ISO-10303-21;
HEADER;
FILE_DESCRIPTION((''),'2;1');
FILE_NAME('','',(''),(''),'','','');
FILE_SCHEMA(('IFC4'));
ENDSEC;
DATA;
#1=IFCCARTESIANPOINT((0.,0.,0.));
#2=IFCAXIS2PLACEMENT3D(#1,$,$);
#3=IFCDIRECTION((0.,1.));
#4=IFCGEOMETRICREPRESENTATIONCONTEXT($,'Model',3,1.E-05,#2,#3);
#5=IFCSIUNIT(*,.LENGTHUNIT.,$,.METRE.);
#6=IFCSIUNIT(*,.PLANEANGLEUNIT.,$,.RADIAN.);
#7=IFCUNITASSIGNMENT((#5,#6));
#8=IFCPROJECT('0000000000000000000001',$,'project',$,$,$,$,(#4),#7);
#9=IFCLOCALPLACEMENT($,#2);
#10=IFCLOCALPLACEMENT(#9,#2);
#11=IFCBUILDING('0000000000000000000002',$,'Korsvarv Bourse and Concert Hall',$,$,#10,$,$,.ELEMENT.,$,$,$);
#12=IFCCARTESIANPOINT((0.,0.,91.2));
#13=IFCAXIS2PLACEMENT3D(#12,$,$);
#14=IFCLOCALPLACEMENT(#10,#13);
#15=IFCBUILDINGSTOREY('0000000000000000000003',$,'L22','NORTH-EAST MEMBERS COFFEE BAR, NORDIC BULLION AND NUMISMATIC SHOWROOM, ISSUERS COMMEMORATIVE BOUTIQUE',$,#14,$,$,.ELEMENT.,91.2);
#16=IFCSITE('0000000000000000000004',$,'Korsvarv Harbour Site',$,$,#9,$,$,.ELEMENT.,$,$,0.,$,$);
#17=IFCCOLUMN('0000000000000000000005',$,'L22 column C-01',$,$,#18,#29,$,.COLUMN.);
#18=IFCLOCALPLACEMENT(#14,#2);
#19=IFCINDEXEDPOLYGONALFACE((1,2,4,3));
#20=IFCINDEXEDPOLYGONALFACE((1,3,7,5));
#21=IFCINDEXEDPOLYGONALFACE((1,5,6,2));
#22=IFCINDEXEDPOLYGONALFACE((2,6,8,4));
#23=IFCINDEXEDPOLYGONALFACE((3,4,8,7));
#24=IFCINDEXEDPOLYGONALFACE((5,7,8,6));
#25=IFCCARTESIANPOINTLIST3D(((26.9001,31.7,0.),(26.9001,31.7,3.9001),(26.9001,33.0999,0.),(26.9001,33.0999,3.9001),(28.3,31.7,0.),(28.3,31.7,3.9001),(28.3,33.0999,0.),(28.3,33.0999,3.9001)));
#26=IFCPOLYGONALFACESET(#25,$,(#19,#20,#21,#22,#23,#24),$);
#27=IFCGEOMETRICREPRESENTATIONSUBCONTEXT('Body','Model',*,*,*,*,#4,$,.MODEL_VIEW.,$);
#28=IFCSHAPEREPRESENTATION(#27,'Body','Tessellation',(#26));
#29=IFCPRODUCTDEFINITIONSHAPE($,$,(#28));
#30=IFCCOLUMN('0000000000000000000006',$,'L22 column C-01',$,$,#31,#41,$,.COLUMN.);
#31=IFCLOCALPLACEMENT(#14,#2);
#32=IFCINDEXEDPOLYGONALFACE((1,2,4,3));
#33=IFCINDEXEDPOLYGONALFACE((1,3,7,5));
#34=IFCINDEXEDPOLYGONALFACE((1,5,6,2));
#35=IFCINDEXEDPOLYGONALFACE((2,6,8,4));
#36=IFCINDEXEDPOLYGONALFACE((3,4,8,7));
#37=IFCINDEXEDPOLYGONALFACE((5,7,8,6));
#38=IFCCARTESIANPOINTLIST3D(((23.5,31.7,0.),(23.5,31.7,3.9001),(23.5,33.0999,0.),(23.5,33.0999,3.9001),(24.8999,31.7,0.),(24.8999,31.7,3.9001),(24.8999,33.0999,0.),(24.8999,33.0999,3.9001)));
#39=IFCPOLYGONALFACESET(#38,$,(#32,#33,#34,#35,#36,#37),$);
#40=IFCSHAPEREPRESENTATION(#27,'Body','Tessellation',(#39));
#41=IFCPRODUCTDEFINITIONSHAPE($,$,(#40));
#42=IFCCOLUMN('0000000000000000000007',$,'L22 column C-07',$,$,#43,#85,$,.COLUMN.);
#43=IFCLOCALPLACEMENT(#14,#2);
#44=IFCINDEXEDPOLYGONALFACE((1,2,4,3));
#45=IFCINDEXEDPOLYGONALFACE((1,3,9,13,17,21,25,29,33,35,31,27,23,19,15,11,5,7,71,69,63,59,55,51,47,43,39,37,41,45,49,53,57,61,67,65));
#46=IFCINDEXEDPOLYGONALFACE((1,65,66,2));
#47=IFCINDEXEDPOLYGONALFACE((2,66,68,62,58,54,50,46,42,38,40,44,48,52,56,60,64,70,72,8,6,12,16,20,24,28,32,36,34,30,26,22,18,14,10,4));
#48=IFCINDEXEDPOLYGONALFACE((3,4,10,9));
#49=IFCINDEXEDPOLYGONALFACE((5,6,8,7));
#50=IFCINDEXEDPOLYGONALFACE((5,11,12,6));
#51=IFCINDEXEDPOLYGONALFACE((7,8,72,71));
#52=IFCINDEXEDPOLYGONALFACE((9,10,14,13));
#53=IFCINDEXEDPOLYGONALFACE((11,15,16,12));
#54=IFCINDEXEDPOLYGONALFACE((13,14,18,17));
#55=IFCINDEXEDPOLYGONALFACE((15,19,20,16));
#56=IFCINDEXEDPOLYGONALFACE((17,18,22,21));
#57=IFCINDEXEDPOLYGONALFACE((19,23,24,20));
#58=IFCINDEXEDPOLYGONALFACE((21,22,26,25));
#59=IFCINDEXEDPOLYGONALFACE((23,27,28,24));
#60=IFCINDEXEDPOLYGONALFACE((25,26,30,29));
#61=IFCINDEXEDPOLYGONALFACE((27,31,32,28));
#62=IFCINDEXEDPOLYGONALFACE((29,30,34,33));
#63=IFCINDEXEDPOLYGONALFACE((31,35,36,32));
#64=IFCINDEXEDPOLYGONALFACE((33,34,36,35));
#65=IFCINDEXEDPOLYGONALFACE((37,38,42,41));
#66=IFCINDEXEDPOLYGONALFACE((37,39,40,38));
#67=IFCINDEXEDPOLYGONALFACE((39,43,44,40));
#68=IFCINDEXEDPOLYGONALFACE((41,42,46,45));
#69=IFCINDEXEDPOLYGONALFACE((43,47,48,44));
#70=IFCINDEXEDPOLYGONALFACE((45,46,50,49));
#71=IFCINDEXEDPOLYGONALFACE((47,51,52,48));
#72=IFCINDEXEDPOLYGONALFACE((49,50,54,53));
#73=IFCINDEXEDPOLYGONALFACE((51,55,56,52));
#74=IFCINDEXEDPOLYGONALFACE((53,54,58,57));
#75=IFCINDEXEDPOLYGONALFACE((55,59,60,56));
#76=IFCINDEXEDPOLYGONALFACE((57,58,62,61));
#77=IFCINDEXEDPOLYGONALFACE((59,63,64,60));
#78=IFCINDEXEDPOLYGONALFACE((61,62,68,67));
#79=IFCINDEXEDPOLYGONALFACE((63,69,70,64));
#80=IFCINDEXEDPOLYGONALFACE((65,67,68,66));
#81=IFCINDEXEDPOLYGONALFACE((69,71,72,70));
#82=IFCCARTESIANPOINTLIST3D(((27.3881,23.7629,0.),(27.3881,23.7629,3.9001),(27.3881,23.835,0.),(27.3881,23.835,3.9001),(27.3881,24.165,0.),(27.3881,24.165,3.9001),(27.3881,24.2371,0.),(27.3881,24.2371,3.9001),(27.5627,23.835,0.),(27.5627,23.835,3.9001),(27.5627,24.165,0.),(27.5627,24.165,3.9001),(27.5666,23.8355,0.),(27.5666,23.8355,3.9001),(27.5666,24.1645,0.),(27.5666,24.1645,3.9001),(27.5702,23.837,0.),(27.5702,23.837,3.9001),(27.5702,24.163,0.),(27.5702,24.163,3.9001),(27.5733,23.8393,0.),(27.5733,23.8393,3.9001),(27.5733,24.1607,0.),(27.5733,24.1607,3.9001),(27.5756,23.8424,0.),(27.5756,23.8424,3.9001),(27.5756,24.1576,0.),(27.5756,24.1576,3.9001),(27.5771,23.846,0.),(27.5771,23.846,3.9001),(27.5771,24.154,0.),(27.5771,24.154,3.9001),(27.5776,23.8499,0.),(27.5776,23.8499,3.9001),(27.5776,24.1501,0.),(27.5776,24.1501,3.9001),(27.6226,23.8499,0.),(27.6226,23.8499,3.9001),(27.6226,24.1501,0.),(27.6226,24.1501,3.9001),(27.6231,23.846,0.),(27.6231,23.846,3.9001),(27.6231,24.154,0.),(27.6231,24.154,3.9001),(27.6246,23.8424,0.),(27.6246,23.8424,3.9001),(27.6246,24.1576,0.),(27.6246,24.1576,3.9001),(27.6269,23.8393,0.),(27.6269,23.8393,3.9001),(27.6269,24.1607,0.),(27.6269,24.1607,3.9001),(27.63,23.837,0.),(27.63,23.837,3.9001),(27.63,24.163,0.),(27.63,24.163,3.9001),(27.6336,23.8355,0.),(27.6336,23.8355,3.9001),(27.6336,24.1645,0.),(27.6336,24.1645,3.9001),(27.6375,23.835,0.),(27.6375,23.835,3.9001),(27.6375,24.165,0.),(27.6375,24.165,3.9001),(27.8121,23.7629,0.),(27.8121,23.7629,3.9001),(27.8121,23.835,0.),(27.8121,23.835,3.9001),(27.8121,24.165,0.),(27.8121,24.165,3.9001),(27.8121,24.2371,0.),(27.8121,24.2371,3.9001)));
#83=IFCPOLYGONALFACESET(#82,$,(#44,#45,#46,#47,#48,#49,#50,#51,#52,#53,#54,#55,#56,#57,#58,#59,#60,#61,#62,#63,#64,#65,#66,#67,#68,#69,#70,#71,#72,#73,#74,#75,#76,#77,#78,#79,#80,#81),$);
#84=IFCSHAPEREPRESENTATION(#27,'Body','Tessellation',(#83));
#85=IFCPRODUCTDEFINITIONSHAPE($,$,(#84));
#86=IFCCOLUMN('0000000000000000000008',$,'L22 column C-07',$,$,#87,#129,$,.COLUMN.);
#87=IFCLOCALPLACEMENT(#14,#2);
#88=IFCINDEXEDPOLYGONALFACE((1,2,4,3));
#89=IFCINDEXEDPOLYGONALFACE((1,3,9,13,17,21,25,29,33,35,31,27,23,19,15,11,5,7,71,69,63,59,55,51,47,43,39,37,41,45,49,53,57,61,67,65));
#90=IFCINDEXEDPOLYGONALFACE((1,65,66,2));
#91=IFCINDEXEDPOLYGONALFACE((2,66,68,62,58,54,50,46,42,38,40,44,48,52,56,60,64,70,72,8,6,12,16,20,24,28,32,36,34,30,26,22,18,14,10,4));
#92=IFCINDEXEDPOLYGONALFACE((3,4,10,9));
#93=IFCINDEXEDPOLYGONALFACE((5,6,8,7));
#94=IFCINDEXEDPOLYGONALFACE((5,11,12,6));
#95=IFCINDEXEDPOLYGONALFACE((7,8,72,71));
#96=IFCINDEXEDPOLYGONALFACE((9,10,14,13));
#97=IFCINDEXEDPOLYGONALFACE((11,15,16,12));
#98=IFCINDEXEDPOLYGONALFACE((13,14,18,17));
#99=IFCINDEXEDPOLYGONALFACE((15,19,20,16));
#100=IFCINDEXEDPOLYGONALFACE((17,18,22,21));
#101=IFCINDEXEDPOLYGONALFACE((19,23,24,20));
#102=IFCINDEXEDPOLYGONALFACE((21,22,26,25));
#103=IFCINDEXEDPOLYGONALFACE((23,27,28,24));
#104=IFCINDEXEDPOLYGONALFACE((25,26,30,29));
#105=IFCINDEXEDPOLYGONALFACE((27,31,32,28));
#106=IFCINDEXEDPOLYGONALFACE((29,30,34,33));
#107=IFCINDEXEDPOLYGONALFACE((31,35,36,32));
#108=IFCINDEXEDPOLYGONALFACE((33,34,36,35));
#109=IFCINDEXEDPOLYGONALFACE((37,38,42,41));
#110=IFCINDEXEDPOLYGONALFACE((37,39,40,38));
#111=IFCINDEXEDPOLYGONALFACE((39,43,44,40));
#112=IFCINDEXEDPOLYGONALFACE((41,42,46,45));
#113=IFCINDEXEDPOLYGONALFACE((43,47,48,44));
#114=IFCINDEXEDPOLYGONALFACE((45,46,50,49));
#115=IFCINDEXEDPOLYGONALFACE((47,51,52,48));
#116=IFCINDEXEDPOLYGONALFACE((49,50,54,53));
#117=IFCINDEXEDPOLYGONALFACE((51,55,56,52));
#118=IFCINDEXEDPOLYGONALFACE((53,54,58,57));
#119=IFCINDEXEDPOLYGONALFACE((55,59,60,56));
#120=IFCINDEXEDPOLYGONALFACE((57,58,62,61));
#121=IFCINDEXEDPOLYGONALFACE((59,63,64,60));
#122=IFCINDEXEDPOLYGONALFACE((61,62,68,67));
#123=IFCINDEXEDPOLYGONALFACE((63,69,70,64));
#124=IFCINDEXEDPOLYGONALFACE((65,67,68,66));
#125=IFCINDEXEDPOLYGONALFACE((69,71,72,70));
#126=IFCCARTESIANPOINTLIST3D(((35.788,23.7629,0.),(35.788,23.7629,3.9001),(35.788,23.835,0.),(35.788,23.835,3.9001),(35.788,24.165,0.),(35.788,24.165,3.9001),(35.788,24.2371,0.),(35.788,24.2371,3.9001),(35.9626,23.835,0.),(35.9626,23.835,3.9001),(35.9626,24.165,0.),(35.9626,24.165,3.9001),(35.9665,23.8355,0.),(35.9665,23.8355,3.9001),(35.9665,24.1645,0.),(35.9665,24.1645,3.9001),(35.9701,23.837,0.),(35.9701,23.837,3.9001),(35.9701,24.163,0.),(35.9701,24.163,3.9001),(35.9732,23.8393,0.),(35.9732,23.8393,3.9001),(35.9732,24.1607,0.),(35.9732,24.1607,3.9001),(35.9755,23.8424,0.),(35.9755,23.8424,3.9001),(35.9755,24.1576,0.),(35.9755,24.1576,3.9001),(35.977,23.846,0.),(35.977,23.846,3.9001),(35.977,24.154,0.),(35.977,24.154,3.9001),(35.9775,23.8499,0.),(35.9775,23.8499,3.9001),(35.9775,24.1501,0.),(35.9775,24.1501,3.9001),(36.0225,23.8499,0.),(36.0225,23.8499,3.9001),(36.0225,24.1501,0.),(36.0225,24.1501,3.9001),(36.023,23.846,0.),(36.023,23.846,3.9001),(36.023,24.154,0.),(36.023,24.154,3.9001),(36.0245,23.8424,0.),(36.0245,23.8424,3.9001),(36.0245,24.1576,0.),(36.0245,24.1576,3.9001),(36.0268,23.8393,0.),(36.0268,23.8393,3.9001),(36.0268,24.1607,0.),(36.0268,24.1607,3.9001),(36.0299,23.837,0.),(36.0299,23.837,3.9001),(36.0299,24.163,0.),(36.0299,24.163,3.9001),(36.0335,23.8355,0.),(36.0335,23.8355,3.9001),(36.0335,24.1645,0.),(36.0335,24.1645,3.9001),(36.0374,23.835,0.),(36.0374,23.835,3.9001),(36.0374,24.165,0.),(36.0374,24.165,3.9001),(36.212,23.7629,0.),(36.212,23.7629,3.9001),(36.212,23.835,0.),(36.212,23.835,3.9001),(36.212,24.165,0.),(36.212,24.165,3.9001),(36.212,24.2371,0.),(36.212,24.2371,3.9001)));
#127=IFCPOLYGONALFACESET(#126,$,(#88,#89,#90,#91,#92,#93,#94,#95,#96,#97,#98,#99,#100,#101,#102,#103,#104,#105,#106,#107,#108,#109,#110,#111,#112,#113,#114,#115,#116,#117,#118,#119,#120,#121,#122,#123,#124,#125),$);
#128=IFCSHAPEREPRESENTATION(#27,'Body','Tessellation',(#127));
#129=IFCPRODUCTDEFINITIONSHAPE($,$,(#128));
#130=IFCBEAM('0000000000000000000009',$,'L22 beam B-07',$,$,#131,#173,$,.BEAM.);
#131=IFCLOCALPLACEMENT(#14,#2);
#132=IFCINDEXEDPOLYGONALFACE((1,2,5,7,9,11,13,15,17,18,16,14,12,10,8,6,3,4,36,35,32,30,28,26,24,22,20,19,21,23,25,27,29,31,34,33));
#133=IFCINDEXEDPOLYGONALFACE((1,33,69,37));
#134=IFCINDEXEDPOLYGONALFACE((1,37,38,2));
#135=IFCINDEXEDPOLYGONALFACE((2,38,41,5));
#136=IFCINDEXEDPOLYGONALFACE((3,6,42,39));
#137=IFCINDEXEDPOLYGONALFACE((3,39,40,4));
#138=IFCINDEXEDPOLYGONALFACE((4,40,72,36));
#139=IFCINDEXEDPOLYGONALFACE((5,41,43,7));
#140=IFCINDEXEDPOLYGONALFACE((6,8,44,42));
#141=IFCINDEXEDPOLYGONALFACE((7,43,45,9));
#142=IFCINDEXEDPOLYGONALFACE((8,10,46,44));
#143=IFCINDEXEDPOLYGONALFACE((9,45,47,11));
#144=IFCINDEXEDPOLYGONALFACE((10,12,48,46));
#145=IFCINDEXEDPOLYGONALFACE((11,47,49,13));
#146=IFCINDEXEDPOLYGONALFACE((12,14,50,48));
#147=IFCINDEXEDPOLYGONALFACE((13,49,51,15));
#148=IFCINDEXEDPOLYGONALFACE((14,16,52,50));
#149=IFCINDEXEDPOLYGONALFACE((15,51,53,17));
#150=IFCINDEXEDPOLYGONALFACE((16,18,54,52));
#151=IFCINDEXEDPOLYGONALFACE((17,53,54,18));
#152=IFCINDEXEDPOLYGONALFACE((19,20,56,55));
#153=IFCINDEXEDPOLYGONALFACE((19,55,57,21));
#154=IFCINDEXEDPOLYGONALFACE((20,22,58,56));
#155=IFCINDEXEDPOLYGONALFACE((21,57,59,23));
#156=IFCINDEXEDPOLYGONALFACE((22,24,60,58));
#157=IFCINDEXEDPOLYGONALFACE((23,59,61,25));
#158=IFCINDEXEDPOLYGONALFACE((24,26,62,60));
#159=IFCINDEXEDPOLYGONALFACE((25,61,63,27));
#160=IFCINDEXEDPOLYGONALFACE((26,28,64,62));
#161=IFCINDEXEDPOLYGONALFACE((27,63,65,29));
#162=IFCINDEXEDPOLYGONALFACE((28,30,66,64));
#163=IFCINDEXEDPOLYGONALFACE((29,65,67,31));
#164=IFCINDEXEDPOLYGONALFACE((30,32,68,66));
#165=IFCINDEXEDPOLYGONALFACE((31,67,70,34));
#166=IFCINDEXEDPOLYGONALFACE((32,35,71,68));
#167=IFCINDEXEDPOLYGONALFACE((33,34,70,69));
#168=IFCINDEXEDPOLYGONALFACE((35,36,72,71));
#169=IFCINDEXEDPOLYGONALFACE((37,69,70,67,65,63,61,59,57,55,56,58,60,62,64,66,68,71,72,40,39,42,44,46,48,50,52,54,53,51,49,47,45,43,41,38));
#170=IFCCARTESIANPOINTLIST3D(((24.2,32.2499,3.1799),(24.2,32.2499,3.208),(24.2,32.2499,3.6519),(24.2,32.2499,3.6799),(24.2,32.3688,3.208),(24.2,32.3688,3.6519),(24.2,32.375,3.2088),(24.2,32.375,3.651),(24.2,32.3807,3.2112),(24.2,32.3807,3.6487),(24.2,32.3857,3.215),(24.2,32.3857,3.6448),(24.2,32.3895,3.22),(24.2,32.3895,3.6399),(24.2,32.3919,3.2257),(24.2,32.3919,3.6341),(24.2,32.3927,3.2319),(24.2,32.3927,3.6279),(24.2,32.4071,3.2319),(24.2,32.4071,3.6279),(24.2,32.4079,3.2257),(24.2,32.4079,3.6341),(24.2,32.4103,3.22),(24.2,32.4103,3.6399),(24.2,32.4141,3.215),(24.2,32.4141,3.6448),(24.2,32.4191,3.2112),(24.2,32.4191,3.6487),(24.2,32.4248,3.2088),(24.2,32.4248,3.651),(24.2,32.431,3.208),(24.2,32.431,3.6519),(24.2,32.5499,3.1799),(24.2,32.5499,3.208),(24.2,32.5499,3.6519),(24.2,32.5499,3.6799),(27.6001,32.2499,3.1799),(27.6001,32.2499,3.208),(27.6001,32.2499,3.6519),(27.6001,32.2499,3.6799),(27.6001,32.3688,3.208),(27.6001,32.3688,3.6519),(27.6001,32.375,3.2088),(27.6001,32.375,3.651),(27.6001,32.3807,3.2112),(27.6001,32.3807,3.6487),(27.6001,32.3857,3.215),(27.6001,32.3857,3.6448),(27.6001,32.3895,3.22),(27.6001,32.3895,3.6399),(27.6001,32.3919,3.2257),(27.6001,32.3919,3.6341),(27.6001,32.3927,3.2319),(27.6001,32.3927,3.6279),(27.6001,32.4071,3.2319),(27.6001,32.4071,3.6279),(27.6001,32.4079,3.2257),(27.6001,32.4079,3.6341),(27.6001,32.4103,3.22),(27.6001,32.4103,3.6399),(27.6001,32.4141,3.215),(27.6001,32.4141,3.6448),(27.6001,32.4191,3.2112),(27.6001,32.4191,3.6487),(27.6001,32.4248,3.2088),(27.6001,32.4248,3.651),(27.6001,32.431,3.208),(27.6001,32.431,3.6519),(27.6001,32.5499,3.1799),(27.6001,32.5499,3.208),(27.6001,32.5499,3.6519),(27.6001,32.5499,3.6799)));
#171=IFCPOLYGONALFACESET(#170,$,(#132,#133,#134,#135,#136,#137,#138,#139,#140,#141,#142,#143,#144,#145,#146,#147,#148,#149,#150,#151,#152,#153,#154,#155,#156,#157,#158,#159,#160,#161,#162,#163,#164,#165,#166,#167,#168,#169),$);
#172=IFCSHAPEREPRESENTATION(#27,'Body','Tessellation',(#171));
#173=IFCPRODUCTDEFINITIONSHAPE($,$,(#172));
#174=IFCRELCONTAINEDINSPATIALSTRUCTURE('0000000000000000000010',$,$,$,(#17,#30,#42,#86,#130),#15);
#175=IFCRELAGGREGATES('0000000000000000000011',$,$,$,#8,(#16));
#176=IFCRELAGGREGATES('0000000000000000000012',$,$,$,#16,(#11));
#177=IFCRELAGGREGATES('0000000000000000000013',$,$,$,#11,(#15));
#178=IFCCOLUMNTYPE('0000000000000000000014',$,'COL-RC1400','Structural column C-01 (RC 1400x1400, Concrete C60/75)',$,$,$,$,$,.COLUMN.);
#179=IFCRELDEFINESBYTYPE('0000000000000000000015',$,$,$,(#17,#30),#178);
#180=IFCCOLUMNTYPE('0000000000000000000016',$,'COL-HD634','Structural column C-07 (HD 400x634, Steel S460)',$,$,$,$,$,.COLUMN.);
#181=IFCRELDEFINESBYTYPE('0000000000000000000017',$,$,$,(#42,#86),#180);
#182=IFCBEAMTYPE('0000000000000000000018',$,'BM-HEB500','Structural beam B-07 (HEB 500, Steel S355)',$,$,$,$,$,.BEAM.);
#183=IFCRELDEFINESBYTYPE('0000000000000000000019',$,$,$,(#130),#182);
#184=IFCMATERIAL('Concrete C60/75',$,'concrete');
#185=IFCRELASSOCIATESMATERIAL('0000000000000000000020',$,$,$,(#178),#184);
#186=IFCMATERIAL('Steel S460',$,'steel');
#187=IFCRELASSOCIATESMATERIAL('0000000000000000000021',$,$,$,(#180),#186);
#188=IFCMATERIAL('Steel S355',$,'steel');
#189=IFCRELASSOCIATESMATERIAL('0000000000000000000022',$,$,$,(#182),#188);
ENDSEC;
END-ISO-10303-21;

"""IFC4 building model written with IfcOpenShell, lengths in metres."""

from ifc_helpers import new_model, si_unit, direction, frame, origin, origin_2d, place, context, subcontext, project, spatial, rectangle, i_section, extrude, source, transform, mapped, material, material_profile, profile_set, type_object, element, save


model = new_model("IFC4")

# Units and contexts
model_context = context("Model", 3, precision=1e-05, world=origin(), true_north=direction((0.0, 1.0)))
body_context = subcontext(model_context, "Body", "Model", "MODEL_VIEW")
ifc_project = project(units=[si_unit("LENGTHUNIT", "METRE"), si_unit("PLANEANGLEUNIT", "RADIAN")], contexts=[model_context])

# Site, building, storey
site_placement = place(None, origin())
site = spatial("IfcSite", under=ifc_project, at=site_placement, Name="Korsvarv Harbour Site", CompositionType="ELEMENT", RefElevation=0.0)
building_placement = place(site_placement, origin())
building = spatial("IfcBuilding", under=site, at=building_placement, Name="Korsvarv Bourse and Concert Hall", CompositionType="ELEMENT")
storey_placement = place(building_placement, frame((0.0, 0.0, 91.2)))
storey = spatial("IfcBuildingStorey", under=building, at=storey_placement, Name="L22", Description="NORTH-EAST MEMBERS COFFEE BAR, NORDIC BULLION AND NUMISMATIC SHOWROOM, ISSUERS COMMEMORATIVE BOUTIQUE", CompositionType="ELEMENT", Elevation=91.2)

# Columns
ifc_material_1 = material(Name="Concrete C60/75", Category="concrete")
ifc_material_profile_1 = material_profile(ifc_material_1, rectangle(XDim=1.3999, YDim=1.3999, at=origin_2d()), Name="RC 1400x1400")
ifc_profile_set_1 = profile_set([ifc_material_profile_1], Name="Concrete C60/75")
column_type_1 = type_object("IfcColumnType", Name="COL-RC1400", Description="Structural column C-01 (RC 1400x1400, Concrete C60/75)", PredefinedType="COLUMN", material=ifc_profile_set_1)
shared_shape_1 = source(origin(), body_context, "Body", "SweptSolid", [
    extrude(rectangle(XDim=1.3999, YDim=1.3999, at=origin_2d()), origin(), (0.0, 0.0, 1.0), 3.9001),
])
for number, where, z_axis, x_axis, name in (
    (1, (27.6001, 32.3999, 0.0), (0.0, 0.0, 1.0), (1.0, 0.0, 0.0), "L22 column C-01"),
    (2, (24.2, 32.3999, 0.0), (0.0, 0.0, 1.0), (1.0, 0.0, 0.0), "L22 column C-01"),
):
    element("IfcColumn", number, at=place(storey_placement, frame(where, z_axis=z_axis, x_axis=x_axis)), inside=storey, type_object=column_type_1, Name=name, PredefinedType="COLUMN", context=body_context, shape_type="MappedRepresentation", body=[
        mapped(shared_shape_1, transform((0.0, 0.0, 0.0), scale=1.0)),
    ])
ifc_material_2 = material(Name="Steel S460", Category="steel")
ifc_material_profile_2 = material_profile(ifc_material_2, i_section(OverallWidth=0.4241, OverallDepth=0.4741, WebThickness=0.0449, FlangeThickness=0.072, FilletRadius=0.0149, at=origin_2d()), Name="HD 400x634")
ifc_profile_set_2 = profile_set([ifc_material_profile_2], Name="Steel S460")
column_type_2 = type_object("IfcColumnType", Name="COL-HD634", Description="Structural column C-07 (HD 400x634, Steel S460)", PredefinedType="COLUMN", material=ifc_profile_set_2)
shared_shape_2 = source(origin(), body_context, "Body", "SweptSolid", [
    extrude(i_section(OverallWidth=0.4241, OverallDepth=0.4741, WebThickness=0.0449, FlangeThickness=0.072, FilletRadius=0.0149, at=origin_2d()), origin(), (0.0, 0.0, 1.0), 3.9001),
])
for number, where, z_axis, x_axis, name in (
    (3, (27.6001, 24.0, 0.0), (0.0, 0.0, 1.0), (1.0, 0.0, 0.0), "L22 column C-07"),
    (4, (36.0, 24.0, 0.0), (0.0, 0.0, 1.0), (1.0, 0.0, 0.0), "L22 column C-07"),
):
    element("IfcColumn", number, at=place(storey_placement, frame(where, z_axis=z_axis, x_axis=x_axis)), inside=storey, type_object=column_type_2, Name=name, PredefinedType="COLUMN", context=body_context, shape_type="MappedRepresentation", body=[
        mapped(shared_shape_2, transform((0.0, 0.0, 0.0), scale=1.0)),
    ])

# Beam
ifc_material_3 = material(Name="Steel S355", Category="steel")
ifc_material_profile_3 = material_profile(ifc_material_3, i_section(OverallWidth=0.3, OverallDepth=0.5, WebThickness=0.0144, FlangeThickness=0.0281, FilletRadius=0.0239, at=origin_2d()), Name="HEB 500")
ifc_profile_set_3 = profile_set([ifc_material_profile_3], Name="Steel S355")
beam_type_1 = type_object("IfcBeamType", Name="BM-HEB500", Description="Structural beam B-07 (HEB 500, Steel S355)", PredefinedType="BEAM", material=ifc_profile_set_3)
shared_shape_3 = source(origin(), body_context, "Body", "SweptSolid", [
    extrude(i_section(OverallWidth=0.3, OverallDepth=0.5, WebThickness=0.0144, FlangeThickness=0.0281, FilletRadius=0.0239, at=origin_2d()), origin(), (0.0, 0.0, 1.0), 3.4001),
])
beam_1_placement = place(storey_placement, frame((24.2, 32.3999, 3.4299), z_axis=(1.0, 0.0, 0.0), x_axis=(0.0, 1.0, 0.0)))
element("IfcBeam", 5, at=beam_1_placement, inside=storey, type_object=beam_type_1, Name="L22 beam B-07", PredefinedType="BEAM", context=body_context, shape_type="MappedRepresentation", body=[
    mapped(shared_shape_3, transform((0.0, 0.0, 0.0), scale=1.0)),
])

save(model, "model.ifc")
